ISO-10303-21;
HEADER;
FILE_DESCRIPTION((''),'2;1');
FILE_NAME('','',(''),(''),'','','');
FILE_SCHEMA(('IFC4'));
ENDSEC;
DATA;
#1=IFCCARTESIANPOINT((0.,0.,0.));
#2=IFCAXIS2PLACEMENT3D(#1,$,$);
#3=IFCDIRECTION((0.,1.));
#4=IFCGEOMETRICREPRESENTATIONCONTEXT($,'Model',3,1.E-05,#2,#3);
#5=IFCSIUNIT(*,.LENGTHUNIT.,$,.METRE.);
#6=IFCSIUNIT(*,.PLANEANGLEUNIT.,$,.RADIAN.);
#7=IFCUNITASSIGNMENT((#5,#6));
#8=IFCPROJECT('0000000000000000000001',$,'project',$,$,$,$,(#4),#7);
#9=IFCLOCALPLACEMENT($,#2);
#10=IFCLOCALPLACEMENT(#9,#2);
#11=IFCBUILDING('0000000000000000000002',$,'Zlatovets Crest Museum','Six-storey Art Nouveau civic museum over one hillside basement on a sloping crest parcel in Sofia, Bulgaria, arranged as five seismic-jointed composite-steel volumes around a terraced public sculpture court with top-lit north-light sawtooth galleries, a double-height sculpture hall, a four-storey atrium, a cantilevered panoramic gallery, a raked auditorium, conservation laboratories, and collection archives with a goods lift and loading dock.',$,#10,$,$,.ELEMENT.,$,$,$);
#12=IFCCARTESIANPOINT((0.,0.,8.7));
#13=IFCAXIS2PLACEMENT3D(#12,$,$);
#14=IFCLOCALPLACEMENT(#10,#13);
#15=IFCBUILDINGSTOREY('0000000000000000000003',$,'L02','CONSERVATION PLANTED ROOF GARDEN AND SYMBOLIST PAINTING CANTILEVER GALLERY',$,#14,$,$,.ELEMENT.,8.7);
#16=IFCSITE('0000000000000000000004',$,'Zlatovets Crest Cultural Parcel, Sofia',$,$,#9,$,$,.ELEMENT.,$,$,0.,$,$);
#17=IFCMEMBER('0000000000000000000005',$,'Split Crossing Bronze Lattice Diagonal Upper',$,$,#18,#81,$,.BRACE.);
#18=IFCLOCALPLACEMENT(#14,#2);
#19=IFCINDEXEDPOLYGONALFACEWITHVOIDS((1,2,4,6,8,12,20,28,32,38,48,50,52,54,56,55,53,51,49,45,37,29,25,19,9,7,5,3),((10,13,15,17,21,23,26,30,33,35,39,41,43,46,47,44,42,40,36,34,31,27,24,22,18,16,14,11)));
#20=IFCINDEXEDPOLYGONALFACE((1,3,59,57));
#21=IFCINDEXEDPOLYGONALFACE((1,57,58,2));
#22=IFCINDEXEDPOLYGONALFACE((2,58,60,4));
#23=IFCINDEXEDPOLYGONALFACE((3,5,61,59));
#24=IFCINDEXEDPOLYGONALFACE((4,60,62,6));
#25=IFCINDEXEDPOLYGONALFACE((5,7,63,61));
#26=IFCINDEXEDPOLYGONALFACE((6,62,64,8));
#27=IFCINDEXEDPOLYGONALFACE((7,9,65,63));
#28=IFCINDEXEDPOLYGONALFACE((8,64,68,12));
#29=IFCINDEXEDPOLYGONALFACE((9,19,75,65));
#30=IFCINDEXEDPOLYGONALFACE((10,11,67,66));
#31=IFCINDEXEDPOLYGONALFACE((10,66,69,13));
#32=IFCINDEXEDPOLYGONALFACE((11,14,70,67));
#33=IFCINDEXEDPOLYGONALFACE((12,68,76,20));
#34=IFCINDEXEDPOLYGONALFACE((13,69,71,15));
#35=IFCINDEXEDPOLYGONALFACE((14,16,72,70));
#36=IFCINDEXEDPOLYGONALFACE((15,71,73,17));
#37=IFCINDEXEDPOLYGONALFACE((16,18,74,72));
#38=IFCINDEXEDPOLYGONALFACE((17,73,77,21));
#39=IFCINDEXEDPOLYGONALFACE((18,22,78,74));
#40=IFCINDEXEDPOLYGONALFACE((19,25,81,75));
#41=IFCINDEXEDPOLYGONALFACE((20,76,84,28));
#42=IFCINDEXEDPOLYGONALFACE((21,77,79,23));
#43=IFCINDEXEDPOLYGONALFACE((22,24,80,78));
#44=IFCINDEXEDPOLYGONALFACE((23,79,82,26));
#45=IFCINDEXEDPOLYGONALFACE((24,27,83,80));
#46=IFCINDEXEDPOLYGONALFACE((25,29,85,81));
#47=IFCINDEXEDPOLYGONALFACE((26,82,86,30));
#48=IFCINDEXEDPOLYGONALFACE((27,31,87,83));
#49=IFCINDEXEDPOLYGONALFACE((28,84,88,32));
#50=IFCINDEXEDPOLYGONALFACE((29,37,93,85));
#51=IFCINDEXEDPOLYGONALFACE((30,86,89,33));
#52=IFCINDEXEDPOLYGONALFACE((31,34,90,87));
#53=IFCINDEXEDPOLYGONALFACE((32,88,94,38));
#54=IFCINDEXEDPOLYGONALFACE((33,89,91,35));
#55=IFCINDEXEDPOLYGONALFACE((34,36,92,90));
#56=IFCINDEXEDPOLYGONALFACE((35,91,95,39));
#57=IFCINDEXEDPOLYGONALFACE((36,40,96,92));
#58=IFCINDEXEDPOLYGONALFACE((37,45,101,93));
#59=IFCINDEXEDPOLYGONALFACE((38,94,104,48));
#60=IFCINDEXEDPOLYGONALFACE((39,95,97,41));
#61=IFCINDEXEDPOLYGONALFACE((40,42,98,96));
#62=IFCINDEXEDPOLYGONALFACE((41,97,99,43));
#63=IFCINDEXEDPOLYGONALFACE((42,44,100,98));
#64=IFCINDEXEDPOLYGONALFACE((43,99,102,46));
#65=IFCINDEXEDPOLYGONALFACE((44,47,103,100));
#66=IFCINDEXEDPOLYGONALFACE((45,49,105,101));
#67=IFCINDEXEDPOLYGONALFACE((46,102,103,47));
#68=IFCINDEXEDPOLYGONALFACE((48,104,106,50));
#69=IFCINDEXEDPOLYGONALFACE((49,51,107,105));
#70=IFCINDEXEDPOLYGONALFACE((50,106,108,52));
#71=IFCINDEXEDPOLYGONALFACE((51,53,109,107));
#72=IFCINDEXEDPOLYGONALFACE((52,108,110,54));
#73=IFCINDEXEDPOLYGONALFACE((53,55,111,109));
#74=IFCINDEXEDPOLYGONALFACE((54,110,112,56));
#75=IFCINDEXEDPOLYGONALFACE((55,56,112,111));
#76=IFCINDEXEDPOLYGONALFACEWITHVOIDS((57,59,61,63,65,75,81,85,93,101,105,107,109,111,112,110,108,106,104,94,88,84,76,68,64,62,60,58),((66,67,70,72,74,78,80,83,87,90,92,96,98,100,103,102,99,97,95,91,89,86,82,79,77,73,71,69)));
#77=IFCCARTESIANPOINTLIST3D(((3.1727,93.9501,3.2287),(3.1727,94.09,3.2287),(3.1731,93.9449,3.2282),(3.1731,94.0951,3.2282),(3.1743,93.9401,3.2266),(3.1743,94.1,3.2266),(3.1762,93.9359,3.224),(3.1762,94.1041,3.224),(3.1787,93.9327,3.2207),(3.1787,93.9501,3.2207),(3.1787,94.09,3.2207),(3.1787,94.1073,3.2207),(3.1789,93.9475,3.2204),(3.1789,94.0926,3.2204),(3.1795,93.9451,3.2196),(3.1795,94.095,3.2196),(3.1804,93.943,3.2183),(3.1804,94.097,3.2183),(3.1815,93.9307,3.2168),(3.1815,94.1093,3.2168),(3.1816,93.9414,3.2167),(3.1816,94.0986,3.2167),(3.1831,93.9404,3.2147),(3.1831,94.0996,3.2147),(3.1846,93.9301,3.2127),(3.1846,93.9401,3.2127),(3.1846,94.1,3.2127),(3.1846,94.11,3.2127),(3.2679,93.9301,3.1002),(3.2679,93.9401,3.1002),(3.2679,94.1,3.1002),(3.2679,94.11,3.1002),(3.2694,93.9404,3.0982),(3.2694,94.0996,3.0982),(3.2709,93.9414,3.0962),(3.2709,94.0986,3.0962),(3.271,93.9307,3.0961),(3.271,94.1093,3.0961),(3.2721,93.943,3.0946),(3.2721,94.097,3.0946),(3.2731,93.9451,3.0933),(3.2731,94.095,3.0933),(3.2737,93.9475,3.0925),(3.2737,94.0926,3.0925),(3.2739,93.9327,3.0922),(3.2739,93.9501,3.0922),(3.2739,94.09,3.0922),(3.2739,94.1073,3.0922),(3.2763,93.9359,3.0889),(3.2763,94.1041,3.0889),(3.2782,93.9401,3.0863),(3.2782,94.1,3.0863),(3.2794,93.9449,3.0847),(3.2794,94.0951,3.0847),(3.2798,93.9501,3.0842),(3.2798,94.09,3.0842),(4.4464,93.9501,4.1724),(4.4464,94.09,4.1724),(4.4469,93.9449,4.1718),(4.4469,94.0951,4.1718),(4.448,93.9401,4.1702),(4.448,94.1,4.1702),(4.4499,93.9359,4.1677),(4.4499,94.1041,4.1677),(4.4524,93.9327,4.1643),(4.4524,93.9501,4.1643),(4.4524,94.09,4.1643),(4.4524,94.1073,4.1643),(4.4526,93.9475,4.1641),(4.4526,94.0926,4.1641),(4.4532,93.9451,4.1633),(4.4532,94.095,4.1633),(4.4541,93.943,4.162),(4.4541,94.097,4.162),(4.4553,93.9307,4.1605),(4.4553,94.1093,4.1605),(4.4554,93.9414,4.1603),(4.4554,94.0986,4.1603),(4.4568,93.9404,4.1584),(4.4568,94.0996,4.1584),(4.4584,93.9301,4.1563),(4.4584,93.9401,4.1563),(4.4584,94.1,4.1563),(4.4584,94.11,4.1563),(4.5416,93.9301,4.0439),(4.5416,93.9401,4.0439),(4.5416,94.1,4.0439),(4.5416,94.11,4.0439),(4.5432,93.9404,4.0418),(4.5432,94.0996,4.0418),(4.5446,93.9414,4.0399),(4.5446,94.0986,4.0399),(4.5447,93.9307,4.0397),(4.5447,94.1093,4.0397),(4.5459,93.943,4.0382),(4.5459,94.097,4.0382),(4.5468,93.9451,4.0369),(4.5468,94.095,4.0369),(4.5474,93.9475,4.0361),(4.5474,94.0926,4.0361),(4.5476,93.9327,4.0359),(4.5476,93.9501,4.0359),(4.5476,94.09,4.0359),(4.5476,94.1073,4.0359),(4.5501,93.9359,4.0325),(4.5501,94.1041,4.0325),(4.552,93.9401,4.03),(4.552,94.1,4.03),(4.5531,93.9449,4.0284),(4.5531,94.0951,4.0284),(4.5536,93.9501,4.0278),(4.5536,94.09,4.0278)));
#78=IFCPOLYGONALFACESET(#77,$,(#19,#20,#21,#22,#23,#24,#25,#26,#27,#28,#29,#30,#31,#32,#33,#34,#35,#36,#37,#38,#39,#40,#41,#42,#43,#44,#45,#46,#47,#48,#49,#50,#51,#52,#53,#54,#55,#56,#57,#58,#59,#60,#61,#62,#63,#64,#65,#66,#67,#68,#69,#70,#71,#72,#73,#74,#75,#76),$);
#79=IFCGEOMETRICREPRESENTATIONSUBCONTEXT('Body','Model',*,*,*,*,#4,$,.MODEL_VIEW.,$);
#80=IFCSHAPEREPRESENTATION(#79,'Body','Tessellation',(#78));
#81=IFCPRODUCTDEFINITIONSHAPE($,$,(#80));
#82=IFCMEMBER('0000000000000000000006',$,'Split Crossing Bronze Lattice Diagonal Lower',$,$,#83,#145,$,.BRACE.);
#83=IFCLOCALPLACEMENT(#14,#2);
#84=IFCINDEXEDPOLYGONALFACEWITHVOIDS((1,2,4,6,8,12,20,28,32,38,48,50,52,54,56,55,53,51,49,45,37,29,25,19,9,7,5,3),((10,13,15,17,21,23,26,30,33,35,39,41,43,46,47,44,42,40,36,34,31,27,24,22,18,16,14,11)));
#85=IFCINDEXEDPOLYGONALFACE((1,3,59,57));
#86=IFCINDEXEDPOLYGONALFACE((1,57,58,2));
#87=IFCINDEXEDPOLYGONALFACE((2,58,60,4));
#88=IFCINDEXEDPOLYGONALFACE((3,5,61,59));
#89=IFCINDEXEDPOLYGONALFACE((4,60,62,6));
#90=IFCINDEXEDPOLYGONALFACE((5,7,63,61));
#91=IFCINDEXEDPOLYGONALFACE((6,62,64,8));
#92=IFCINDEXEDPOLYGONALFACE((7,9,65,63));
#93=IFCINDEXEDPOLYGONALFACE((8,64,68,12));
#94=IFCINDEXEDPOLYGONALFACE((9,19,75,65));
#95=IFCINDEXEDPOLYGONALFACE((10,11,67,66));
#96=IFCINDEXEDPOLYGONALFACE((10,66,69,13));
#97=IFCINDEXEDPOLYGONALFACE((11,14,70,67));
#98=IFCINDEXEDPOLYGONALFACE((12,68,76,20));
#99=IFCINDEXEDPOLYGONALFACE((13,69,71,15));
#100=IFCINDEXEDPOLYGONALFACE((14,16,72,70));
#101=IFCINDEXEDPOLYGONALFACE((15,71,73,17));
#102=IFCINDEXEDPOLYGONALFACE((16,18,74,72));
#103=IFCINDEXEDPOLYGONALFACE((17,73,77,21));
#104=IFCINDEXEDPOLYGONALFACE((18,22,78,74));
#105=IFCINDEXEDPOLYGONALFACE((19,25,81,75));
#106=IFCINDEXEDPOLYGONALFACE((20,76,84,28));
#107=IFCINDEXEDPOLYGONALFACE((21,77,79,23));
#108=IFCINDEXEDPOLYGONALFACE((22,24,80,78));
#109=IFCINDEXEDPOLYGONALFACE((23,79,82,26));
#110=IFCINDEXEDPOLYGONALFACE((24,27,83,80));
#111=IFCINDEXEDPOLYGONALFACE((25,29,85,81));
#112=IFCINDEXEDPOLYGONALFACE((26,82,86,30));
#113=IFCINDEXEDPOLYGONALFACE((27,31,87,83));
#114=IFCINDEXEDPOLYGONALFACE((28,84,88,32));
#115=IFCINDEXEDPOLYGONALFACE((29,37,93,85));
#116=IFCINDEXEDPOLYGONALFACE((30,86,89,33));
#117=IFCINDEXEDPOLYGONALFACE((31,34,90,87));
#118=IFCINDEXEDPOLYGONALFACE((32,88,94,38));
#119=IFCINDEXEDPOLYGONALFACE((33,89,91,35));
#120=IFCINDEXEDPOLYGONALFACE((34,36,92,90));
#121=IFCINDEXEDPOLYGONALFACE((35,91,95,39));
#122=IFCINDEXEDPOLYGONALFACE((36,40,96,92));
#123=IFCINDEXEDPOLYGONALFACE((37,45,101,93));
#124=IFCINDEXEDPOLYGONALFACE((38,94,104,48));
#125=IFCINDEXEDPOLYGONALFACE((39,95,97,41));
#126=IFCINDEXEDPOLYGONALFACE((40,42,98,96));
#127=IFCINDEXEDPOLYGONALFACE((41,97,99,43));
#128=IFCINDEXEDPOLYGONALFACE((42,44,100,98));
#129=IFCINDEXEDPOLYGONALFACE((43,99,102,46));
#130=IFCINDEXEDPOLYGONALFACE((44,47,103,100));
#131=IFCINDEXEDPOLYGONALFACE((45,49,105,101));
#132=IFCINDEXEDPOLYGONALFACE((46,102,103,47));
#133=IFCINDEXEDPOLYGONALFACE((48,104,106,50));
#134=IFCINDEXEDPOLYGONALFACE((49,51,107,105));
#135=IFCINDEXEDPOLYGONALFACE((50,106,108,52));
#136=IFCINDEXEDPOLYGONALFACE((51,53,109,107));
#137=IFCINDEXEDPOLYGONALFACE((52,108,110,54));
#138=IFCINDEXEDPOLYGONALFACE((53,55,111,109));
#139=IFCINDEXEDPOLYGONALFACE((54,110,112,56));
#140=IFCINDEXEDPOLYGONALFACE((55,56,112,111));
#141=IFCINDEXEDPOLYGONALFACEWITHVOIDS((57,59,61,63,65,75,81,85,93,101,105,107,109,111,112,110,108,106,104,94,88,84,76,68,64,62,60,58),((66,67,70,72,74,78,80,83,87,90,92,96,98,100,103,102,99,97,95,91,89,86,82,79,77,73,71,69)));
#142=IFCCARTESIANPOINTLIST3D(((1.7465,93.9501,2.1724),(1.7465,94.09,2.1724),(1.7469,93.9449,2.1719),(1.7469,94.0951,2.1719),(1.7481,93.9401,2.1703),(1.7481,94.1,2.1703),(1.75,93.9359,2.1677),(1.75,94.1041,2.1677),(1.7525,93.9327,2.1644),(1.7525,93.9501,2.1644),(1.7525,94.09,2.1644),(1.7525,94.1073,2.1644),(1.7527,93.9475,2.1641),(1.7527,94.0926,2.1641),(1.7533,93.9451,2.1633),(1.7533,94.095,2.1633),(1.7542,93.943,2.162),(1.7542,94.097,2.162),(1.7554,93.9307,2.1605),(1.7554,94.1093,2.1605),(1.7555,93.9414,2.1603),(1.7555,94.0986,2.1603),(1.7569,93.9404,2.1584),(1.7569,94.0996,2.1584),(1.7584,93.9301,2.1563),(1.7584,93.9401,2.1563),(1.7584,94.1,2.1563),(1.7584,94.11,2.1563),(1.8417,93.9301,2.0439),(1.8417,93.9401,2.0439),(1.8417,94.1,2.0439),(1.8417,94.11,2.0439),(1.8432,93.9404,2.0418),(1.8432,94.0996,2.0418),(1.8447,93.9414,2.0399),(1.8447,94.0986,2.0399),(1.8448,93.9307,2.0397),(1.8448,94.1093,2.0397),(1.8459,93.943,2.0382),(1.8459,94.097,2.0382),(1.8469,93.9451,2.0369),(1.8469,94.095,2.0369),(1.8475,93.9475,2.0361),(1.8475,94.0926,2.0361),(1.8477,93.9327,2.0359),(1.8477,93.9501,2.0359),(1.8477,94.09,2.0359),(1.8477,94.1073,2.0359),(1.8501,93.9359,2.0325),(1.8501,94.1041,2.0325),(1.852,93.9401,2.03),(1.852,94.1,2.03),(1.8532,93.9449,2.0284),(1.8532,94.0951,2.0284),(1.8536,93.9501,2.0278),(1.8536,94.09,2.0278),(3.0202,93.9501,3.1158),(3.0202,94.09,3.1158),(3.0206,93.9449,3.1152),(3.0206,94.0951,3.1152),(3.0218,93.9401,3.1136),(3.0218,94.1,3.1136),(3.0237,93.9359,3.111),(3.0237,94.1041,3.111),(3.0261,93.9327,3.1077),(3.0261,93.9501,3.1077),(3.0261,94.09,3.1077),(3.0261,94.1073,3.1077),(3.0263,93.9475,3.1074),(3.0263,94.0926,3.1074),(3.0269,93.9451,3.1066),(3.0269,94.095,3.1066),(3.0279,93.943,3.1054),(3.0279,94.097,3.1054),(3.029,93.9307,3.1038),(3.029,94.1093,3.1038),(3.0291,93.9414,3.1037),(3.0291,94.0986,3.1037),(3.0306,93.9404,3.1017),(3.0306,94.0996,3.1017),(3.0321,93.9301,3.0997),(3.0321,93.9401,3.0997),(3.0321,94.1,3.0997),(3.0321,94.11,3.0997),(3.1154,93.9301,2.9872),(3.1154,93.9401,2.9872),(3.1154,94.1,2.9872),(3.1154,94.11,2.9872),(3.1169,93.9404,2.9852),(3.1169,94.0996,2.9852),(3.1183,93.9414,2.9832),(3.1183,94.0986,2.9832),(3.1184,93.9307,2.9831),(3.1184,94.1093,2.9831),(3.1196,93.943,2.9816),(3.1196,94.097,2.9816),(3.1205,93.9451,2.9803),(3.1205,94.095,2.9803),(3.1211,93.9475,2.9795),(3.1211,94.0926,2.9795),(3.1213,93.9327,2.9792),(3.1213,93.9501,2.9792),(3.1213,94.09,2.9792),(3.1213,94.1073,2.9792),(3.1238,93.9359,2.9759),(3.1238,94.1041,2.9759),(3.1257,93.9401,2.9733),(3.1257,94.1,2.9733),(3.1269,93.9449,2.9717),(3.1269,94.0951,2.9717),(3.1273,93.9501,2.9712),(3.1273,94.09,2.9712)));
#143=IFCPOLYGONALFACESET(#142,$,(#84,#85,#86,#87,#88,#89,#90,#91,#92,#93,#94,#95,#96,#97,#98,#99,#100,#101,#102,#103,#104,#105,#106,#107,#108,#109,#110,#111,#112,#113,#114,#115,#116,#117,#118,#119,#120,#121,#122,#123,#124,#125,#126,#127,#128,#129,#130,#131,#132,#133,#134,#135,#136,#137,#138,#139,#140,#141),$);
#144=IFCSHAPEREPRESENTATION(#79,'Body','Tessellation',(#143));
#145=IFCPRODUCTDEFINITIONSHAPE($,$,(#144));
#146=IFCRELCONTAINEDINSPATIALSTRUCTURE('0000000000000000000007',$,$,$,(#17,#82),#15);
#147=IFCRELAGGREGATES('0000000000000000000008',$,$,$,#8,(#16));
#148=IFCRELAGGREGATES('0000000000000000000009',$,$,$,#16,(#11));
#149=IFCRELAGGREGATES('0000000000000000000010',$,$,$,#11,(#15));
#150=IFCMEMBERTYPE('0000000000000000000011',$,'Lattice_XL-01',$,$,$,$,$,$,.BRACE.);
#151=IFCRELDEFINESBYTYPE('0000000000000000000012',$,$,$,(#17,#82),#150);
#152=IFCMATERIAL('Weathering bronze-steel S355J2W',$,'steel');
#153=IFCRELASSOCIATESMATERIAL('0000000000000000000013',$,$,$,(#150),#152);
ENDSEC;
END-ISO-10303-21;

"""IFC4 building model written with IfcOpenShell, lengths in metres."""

from ifc_helpers import new_model, si_unit, direction, frame, origin, origin_2d, place, context, subcontext, project, spatial, hollow_rectangle, extrude, material, material_profile, profile_set, type_object, element, save


model = new_model("IFC4")

# Units and contexts
model_context = context("Model", 3, precision=1e-05, world=origin(), true_north=direction((0.0, 1.0)))
body_context = subcontext(model_context, "Body", "Model", "MODEL_VIEW")
ifc_project = project(units=[si_unit("LENGTHUNIT", "METRE"), si_unit("PLANEANGLEUNIT", "RADIAN")], contexts=[model_context])

# Site, building, storey
site_placement = place(None, origin())
site = spatial("IfcSite", under=ifc_project, at=site_placement, Name="Zlatovets Crest Cultural Parcel, Sofia", CompositionType="ELEMENT", RefElevation=0.0)
building_placement = place(site_placement, origin())
building = spatial("IfcBuilding", under=site, at=building_placement, Name="Zlatovets Crest Museum", Description="Six-storey Art Nouveau civic museum over one hillside basement on a sloping crest parcel in Sofia, Bulgaria, arranged as five seismic-jointed composite-steel volumes around a terraced public sculpture court with top-lit north-light sawtooth galleries, a double-height sculpture hall, a four-storey atrium, a cantilevered panoramic gallery, a raked auditorium, conservation laboratories, and collection archives with a goods lift and loading dock.", CompositionType="ELEMENT")
storey_placement = place(building_placement, frame((0.0, 0.0, 8.7)))
storey = spatial("IfcBuildingStorey", under=building, at=storey_placement, Name="L02", Description="CONSERVATION PLANTED ROOF GARDEN AND SYMBOLIST PAINTING CANTILEVER GALLERY", CompositionType="ELEMENT", Elevation=8.7)

# Members
ifc_material_1 = material(Name="Weathering bronze-steel S355J2W", Category="steel")
ifc_material_profile_1 = material_profile(ifc_material_1, hollow_rectangle(XDim=0.1799, YDim=0.1799, WallThickness=0.01, InnerFilletRadius=0.01, OuterFilletRadius=0.02, at=origin_2d()), Name="SHS 180x180x10.0")
ifc_profile_set_1 = profile_set([ifc_material_profile_1], Name="Weathering bronze-steel S355J2W")
member_type_1 = type_object("IfcMemberType", Name="Lattice_XL-01", PredefinedType="BRACE", material=ifc_profile_set_1)
member_1_placement = place(storey_placement, frame((4.5, 94.02, 4.1001), z_axis=(-0.803516, 0.0, -0.595283), x_axis=(0.0, -1.0, 0.0)))
element("IfcMember", 1, at=member_1_placement, inside=storey, type_object=member_type_1, Name="Split Crossing Bronze Lattice Diagonal Upper", PredefinedType="BRACE", context=body_context, shape_type="SweptSolid", body=[
    extrude(hollow_rectangle(XDim=0.1799, YDim=0.1799, WallThickness=0.01, InnerFilletRadius=0.01, OuterFilletRadius=0.02, at=origin_2d()), origin(), (0.0, 0.0, 1.0), 1.5852),
])
member_2_placement = place(storey_placement, frame((3.0737, 94.02, 3.0435), z_axis=(-0.80359, 0.0, -0.595183), x_axis=(0.0, -1.0, 0.0)))
element("IfcMember", 2, at=member_2_placement, inside=storey, type_object=member_type_1, Name="Split Crossing Bronze Lattice Diagonal Lower", PredefinedType="BRACE", context=body_context, shape_type="SweptSolid", body=[
    extrude(hollow_rectangle(XDim=0.1799, YDim=0.1799, WallThickness=0.01, InnerFilletRadius=0.01, OuterFilletRadius=0.02, at=origin_2d()), origin(), (0.0, 0.0, 1.0), 1.585),
])

save(model, "model.ifc")
